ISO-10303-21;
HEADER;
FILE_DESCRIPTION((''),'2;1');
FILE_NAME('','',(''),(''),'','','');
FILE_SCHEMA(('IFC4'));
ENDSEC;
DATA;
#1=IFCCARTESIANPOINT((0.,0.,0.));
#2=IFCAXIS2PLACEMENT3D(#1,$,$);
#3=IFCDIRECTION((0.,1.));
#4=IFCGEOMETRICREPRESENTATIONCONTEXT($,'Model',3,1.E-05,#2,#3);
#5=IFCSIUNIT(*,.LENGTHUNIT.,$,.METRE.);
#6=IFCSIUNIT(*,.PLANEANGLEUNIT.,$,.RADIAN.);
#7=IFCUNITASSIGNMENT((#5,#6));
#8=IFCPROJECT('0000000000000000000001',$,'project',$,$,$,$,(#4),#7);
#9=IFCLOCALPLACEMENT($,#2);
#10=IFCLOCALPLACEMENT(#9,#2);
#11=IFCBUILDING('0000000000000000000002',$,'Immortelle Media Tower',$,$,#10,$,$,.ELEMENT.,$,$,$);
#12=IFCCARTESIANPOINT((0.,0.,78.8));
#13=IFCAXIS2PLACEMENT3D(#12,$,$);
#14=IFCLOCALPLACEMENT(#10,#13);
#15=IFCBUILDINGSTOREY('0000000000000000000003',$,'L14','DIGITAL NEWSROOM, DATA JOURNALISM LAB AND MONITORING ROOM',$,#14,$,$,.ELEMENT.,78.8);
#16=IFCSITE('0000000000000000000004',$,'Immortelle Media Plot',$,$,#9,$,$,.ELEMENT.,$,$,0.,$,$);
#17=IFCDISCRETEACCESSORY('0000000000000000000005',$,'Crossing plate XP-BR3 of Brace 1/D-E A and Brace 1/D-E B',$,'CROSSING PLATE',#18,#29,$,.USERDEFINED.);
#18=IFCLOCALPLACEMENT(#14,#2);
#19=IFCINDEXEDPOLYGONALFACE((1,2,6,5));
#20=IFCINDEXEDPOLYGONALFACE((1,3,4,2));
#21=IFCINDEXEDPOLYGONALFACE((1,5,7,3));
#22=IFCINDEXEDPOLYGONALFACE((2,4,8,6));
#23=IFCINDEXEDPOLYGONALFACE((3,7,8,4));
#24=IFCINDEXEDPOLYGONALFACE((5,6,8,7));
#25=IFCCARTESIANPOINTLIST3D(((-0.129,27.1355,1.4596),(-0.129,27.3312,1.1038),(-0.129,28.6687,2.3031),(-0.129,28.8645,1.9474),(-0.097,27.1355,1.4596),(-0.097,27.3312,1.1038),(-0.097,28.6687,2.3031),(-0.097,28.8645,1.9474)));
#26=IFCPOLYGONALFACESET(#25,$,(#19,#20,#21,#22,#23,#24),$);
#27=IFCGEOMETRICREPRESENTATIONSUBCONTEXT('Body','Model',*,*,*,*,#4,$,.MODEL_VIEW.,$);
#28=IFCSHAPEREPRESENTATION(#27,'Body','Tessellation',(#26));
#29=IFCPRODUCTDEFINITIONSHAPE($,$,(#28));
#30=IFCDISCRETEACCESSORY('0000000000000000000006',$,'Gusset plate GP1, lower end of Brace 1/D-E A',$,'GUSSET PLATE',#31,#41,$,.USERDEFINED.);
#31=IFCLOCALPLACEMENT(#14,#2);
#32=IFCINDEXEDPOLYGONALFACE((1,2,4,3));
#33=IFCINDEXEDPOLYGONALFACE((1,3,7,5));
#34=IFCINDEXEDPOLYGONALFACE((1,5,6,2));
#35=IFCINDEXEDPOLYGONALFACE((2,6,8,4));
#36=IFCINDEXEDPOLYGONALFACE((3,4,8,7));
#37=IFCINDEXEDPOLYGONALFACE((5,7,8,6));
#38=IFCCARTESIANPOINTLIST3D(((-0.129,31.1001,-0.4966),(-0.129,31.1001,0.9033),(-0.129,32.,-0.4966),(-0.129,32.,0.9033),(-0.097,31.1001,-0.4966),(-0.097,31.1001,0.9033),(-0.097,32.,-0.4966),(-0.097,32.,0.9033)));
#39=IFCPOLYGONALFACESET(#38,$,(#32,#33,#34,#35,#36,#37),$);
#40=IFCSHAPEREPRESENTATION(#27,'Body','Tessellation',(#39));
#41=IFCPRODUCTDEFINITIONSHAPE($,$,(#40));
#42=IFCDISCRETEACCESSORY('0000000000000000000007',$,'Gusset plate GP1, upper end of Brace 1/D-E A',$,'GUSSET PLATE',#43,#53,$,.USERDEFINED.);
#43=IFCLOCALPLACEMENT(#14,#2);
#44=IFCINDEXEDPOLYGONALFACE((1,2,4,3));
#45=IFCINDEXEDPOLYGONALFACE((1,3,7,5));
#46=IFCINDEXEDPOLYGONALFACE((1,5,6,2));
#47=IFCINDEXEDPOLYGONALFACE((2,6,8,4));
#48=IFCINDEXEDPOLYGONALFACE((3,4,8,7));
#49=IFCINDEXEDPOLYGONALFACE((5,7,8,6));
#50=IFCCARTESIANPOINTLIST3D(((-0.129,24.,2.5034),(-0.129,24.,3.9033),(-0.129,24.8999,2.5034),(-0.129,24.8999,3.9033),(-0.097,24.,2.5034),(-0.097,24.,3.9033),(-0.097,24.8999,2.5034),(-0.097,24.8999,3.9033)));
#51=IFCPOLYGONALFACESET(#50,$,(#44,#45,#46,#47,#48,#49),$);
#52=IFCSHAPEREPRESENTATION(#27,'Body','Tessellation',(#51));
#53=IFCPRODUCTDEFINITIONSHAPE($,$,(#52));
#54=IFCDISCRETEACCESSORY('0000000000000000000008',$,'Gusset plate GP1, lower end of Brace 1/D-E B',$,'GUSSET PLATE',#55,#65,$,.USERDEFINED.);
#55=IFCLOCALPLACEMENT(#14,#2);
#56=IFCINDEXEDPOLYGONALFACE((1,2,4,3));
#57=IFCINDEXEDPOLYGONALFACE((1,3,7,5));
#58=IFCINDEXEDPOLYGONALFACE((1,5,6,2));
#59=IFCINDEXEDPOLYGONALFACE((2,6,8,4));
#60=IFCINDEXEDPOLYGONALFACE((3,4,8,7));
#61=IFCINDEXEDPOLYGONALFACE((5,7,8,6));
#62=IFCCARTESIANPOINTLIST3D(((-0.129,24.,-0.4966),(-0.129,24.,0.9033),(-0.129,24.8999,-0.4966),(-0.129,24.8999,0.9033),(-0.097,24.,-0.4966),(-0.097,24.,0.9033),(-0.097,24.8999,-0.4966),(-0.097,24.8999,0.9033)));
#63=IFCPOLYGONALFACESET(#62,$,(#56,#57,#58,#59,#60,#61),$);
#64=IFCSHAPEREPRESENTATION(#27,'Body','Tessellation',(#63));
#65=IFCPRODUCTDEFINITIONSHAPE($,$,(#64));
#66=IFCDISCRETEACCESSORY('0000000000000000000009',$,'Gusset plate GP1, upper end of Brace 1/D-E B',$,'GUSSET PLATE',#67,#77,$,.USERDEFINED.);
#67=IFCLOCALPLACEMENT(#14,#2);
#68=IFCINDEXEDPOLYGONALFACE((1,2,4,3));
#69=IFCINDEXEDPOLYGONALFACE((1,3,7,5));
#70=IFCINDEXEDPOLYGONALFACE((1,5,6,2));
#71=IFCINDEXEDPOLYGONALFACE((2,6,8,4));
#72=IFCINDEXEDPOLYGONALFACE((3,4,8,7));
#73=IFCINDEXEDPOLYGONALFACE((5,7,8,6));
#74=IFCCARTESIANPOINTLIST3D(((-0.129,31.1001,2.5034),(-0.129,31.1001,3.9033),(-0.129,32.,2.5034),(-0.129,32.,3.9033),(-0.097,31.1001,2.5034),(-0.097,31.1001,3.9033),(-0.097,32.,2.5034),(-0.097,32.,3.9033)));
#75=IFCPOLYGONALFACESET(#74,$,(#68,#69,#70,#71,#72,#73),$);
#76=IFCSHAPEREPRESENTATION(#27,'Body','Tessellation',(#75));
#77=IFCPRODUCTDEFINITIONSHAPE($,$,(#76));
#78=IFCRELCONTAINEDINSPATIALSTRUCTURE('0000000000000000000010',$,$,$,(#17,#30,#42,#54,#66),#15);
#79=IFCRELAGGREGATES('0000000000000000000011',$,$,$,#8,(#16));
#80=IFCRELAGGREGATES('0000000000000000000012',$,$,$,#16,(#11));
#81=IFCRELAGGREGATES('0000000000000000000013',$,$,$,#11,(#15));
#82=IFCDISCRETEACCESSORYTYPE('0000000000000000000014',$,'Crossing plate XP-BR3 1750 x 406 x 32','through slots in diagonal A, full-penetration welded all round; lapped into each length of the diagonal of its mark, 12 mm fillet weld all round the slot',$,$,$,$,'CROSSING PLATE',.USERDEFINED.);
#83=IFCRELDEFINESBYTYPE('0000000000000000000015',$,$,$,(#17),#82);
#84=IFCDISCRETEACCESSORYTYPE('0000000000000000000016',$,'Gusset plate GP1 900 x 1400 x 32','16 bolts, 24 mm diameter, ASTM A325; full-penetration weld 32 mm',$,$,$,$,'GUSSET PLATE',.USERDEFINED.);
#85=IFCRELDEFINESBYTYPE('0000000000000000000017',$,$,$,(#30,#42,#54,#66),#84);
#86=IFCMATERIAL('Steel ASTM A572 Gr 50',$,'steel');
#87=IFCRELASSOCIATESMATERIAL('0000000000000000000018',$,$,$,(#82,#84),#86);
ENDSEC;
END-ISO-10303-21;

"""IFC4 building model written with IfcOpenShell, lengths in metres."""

from ifc_helpers import new_model, si_unit, direction, frame, origin, origin_2d, place, context, subcontext, project, spatial, rectangle, extrude, material, material_profile, profile_set, type_object, element, save


model = new_model("IFC4")

# Units and contexts
model_context = context("Model", 3, precision=1e-05, world=origin(), true_north=direction((0.0, 1.0)))
body_context = subcontext(model_context, "Body", "Model", "MODEL_VIEW")
ifc_project = project(units=[si_unit("LENGTHUNIT", "METRE"), si_unit("PLANEANGLEUNIT", "RADIAN")], contexts=[model_context])

# Site, building, storey
site_placement = place(None, origin())
site = spatial("IfcSite", under=ifc_project, at=site_placement, Name="Immortelle Media Plot", CompositionType="ELEMENT", RefElevation=0.0)
building_placement = place(site_placement, origin())
building = spatial("IfcBuilding", under=site, at=building_placement, Name="Immortelle Media Tower", CompositionType="ELEMENT")
storey_placement = place(building_placement, frame((0.0, 0.0, 78.8)))
storey = spatial("IfcBuildingStorey", under=building, at=storey_placement, Name="L14", Description="DIGITAL NEWSROOM, DATA JOURNALISM LAB AND MONITORING ROOM", CompositionType="ELEMENT", Elevation=78.8)

# Discrete accessories
ifc_material_1 = material(Name="Steel ASTM A572 Gr 50", Category="steel")
ifc_material_profile_1 = material_profile(ifc_material_1, rectangle(XDim=0.032, YDim=0.406, at=origin_2d()), Name="PL 32 x 406")
ifc_profile_set_1 = profile_set([ifc_material_profile_1], Name="Steel ASTM A572 Gr 50")
discrete_accessory_type_1 = type_object("IfcDiscreteAccessoryType", Name="Crossing plate XP-BR3 1750 x 406 x 32", Description="through slots in diagonal A, full-penetration welded all round; lapped into each length of the diagonal of its mark, 12 mm fillet weld all round the slot", ElementType="CROSSING PLATE", PredefinedType="USERDEFINED", material=ifc_profile_set_1)
discrete_accessory_placement = place(storey_placement, frame((-0.113, 28.7666, 2.1252), z_axis=(0.0, -0.876157, -0.482026), x_axis=(1.0, 0.0, 0.0)))
element("IfcDiscreteAccessory", 1, at=discrete_accessory_placement, inside=storey, type_object=discrete_accessory_type_1, Name="Crossing plate XP-BR3 of Brace 1/D-E A and Brace 1/D-E B", ObjectType="CROSSING PLATE", PredefinedType="USERDEFINED", context=body_context, shape_type="SweptSolid", body=[
    extrude(rectangle(XDim=0.032, YDim=0.406, at=origin_2d()), origin(), (0.0, 0.0, 1.0), 1.75),
])
ifc_material_profile_2 = material_profile(ifc_material_1, rectangle(XDim=0.032, YDim=1.3999, at=origin_2d()), Name="PL 32 x 1400")
ifc_profile_set_2 = profile_set([ifc_material_profile_2], Name="Steel ASTM A572 Gr 50")
discrete_accessory_type_2 = type_object("IfcDiscreteAccessoryType", Name="Gusset plate GP1 900 x 1400 x 32", Description="16 bolts, 24 mm diameter, ASTM A325; full-penetration weld 32 mm", ElementType="GUSSET PLATE", PredefinedType="USERDEFINED", material=ifc_profile_set_2)
for number, where, z_axis, x_axis, name in (
    (2, (-0.113, 32.0, 0.2034), (0.0, -1.0, 0.0), (1.0, 0.0, 0.0), "Gusset plate GP1, lower end of Brace 1/D-E A"),
    (3, (-0.113, 24.0, 3.2034), (0.0, 1.0, 0.0), (-1.0, 0.0, 0.0), "Gusset plate GP1, upper end of Brace 1/D-E A"),
    (4, (-0.113, 24.0, 0.2034), (0.0, 1.0, 0.0), (-1.0, 0.0, 0.0), "Gusset plate GP1, lower end of Brace 1/D-E B"),
    (5, (-0.113, 32.0, 3.2034), (0.0, -1.0, 0.0), (1.0, 0.0, 0.0), "Gusset plate GP1, upper end of Brace 1/D-E B"),
):
    element("IfcDiscreteAccessory", number, at=place(storey_placement, frame(where, z_axis=z_axis, x_axis=x_axis)), inside=storey, type_object=discrete_accessory_type_2, Name=name, ObjectType="GUSSET PLATE", PredefinedType="USERDEFINED", context=body_context, shape_type="SweptSolid", body=[
        extrude(rectangle(XDim=0.032, YDim=1.3999, at=origin_2d()), origin(), (0.0, 0.0, 1.0), 0.8999),
    ])

save(model, "model.ifc")
